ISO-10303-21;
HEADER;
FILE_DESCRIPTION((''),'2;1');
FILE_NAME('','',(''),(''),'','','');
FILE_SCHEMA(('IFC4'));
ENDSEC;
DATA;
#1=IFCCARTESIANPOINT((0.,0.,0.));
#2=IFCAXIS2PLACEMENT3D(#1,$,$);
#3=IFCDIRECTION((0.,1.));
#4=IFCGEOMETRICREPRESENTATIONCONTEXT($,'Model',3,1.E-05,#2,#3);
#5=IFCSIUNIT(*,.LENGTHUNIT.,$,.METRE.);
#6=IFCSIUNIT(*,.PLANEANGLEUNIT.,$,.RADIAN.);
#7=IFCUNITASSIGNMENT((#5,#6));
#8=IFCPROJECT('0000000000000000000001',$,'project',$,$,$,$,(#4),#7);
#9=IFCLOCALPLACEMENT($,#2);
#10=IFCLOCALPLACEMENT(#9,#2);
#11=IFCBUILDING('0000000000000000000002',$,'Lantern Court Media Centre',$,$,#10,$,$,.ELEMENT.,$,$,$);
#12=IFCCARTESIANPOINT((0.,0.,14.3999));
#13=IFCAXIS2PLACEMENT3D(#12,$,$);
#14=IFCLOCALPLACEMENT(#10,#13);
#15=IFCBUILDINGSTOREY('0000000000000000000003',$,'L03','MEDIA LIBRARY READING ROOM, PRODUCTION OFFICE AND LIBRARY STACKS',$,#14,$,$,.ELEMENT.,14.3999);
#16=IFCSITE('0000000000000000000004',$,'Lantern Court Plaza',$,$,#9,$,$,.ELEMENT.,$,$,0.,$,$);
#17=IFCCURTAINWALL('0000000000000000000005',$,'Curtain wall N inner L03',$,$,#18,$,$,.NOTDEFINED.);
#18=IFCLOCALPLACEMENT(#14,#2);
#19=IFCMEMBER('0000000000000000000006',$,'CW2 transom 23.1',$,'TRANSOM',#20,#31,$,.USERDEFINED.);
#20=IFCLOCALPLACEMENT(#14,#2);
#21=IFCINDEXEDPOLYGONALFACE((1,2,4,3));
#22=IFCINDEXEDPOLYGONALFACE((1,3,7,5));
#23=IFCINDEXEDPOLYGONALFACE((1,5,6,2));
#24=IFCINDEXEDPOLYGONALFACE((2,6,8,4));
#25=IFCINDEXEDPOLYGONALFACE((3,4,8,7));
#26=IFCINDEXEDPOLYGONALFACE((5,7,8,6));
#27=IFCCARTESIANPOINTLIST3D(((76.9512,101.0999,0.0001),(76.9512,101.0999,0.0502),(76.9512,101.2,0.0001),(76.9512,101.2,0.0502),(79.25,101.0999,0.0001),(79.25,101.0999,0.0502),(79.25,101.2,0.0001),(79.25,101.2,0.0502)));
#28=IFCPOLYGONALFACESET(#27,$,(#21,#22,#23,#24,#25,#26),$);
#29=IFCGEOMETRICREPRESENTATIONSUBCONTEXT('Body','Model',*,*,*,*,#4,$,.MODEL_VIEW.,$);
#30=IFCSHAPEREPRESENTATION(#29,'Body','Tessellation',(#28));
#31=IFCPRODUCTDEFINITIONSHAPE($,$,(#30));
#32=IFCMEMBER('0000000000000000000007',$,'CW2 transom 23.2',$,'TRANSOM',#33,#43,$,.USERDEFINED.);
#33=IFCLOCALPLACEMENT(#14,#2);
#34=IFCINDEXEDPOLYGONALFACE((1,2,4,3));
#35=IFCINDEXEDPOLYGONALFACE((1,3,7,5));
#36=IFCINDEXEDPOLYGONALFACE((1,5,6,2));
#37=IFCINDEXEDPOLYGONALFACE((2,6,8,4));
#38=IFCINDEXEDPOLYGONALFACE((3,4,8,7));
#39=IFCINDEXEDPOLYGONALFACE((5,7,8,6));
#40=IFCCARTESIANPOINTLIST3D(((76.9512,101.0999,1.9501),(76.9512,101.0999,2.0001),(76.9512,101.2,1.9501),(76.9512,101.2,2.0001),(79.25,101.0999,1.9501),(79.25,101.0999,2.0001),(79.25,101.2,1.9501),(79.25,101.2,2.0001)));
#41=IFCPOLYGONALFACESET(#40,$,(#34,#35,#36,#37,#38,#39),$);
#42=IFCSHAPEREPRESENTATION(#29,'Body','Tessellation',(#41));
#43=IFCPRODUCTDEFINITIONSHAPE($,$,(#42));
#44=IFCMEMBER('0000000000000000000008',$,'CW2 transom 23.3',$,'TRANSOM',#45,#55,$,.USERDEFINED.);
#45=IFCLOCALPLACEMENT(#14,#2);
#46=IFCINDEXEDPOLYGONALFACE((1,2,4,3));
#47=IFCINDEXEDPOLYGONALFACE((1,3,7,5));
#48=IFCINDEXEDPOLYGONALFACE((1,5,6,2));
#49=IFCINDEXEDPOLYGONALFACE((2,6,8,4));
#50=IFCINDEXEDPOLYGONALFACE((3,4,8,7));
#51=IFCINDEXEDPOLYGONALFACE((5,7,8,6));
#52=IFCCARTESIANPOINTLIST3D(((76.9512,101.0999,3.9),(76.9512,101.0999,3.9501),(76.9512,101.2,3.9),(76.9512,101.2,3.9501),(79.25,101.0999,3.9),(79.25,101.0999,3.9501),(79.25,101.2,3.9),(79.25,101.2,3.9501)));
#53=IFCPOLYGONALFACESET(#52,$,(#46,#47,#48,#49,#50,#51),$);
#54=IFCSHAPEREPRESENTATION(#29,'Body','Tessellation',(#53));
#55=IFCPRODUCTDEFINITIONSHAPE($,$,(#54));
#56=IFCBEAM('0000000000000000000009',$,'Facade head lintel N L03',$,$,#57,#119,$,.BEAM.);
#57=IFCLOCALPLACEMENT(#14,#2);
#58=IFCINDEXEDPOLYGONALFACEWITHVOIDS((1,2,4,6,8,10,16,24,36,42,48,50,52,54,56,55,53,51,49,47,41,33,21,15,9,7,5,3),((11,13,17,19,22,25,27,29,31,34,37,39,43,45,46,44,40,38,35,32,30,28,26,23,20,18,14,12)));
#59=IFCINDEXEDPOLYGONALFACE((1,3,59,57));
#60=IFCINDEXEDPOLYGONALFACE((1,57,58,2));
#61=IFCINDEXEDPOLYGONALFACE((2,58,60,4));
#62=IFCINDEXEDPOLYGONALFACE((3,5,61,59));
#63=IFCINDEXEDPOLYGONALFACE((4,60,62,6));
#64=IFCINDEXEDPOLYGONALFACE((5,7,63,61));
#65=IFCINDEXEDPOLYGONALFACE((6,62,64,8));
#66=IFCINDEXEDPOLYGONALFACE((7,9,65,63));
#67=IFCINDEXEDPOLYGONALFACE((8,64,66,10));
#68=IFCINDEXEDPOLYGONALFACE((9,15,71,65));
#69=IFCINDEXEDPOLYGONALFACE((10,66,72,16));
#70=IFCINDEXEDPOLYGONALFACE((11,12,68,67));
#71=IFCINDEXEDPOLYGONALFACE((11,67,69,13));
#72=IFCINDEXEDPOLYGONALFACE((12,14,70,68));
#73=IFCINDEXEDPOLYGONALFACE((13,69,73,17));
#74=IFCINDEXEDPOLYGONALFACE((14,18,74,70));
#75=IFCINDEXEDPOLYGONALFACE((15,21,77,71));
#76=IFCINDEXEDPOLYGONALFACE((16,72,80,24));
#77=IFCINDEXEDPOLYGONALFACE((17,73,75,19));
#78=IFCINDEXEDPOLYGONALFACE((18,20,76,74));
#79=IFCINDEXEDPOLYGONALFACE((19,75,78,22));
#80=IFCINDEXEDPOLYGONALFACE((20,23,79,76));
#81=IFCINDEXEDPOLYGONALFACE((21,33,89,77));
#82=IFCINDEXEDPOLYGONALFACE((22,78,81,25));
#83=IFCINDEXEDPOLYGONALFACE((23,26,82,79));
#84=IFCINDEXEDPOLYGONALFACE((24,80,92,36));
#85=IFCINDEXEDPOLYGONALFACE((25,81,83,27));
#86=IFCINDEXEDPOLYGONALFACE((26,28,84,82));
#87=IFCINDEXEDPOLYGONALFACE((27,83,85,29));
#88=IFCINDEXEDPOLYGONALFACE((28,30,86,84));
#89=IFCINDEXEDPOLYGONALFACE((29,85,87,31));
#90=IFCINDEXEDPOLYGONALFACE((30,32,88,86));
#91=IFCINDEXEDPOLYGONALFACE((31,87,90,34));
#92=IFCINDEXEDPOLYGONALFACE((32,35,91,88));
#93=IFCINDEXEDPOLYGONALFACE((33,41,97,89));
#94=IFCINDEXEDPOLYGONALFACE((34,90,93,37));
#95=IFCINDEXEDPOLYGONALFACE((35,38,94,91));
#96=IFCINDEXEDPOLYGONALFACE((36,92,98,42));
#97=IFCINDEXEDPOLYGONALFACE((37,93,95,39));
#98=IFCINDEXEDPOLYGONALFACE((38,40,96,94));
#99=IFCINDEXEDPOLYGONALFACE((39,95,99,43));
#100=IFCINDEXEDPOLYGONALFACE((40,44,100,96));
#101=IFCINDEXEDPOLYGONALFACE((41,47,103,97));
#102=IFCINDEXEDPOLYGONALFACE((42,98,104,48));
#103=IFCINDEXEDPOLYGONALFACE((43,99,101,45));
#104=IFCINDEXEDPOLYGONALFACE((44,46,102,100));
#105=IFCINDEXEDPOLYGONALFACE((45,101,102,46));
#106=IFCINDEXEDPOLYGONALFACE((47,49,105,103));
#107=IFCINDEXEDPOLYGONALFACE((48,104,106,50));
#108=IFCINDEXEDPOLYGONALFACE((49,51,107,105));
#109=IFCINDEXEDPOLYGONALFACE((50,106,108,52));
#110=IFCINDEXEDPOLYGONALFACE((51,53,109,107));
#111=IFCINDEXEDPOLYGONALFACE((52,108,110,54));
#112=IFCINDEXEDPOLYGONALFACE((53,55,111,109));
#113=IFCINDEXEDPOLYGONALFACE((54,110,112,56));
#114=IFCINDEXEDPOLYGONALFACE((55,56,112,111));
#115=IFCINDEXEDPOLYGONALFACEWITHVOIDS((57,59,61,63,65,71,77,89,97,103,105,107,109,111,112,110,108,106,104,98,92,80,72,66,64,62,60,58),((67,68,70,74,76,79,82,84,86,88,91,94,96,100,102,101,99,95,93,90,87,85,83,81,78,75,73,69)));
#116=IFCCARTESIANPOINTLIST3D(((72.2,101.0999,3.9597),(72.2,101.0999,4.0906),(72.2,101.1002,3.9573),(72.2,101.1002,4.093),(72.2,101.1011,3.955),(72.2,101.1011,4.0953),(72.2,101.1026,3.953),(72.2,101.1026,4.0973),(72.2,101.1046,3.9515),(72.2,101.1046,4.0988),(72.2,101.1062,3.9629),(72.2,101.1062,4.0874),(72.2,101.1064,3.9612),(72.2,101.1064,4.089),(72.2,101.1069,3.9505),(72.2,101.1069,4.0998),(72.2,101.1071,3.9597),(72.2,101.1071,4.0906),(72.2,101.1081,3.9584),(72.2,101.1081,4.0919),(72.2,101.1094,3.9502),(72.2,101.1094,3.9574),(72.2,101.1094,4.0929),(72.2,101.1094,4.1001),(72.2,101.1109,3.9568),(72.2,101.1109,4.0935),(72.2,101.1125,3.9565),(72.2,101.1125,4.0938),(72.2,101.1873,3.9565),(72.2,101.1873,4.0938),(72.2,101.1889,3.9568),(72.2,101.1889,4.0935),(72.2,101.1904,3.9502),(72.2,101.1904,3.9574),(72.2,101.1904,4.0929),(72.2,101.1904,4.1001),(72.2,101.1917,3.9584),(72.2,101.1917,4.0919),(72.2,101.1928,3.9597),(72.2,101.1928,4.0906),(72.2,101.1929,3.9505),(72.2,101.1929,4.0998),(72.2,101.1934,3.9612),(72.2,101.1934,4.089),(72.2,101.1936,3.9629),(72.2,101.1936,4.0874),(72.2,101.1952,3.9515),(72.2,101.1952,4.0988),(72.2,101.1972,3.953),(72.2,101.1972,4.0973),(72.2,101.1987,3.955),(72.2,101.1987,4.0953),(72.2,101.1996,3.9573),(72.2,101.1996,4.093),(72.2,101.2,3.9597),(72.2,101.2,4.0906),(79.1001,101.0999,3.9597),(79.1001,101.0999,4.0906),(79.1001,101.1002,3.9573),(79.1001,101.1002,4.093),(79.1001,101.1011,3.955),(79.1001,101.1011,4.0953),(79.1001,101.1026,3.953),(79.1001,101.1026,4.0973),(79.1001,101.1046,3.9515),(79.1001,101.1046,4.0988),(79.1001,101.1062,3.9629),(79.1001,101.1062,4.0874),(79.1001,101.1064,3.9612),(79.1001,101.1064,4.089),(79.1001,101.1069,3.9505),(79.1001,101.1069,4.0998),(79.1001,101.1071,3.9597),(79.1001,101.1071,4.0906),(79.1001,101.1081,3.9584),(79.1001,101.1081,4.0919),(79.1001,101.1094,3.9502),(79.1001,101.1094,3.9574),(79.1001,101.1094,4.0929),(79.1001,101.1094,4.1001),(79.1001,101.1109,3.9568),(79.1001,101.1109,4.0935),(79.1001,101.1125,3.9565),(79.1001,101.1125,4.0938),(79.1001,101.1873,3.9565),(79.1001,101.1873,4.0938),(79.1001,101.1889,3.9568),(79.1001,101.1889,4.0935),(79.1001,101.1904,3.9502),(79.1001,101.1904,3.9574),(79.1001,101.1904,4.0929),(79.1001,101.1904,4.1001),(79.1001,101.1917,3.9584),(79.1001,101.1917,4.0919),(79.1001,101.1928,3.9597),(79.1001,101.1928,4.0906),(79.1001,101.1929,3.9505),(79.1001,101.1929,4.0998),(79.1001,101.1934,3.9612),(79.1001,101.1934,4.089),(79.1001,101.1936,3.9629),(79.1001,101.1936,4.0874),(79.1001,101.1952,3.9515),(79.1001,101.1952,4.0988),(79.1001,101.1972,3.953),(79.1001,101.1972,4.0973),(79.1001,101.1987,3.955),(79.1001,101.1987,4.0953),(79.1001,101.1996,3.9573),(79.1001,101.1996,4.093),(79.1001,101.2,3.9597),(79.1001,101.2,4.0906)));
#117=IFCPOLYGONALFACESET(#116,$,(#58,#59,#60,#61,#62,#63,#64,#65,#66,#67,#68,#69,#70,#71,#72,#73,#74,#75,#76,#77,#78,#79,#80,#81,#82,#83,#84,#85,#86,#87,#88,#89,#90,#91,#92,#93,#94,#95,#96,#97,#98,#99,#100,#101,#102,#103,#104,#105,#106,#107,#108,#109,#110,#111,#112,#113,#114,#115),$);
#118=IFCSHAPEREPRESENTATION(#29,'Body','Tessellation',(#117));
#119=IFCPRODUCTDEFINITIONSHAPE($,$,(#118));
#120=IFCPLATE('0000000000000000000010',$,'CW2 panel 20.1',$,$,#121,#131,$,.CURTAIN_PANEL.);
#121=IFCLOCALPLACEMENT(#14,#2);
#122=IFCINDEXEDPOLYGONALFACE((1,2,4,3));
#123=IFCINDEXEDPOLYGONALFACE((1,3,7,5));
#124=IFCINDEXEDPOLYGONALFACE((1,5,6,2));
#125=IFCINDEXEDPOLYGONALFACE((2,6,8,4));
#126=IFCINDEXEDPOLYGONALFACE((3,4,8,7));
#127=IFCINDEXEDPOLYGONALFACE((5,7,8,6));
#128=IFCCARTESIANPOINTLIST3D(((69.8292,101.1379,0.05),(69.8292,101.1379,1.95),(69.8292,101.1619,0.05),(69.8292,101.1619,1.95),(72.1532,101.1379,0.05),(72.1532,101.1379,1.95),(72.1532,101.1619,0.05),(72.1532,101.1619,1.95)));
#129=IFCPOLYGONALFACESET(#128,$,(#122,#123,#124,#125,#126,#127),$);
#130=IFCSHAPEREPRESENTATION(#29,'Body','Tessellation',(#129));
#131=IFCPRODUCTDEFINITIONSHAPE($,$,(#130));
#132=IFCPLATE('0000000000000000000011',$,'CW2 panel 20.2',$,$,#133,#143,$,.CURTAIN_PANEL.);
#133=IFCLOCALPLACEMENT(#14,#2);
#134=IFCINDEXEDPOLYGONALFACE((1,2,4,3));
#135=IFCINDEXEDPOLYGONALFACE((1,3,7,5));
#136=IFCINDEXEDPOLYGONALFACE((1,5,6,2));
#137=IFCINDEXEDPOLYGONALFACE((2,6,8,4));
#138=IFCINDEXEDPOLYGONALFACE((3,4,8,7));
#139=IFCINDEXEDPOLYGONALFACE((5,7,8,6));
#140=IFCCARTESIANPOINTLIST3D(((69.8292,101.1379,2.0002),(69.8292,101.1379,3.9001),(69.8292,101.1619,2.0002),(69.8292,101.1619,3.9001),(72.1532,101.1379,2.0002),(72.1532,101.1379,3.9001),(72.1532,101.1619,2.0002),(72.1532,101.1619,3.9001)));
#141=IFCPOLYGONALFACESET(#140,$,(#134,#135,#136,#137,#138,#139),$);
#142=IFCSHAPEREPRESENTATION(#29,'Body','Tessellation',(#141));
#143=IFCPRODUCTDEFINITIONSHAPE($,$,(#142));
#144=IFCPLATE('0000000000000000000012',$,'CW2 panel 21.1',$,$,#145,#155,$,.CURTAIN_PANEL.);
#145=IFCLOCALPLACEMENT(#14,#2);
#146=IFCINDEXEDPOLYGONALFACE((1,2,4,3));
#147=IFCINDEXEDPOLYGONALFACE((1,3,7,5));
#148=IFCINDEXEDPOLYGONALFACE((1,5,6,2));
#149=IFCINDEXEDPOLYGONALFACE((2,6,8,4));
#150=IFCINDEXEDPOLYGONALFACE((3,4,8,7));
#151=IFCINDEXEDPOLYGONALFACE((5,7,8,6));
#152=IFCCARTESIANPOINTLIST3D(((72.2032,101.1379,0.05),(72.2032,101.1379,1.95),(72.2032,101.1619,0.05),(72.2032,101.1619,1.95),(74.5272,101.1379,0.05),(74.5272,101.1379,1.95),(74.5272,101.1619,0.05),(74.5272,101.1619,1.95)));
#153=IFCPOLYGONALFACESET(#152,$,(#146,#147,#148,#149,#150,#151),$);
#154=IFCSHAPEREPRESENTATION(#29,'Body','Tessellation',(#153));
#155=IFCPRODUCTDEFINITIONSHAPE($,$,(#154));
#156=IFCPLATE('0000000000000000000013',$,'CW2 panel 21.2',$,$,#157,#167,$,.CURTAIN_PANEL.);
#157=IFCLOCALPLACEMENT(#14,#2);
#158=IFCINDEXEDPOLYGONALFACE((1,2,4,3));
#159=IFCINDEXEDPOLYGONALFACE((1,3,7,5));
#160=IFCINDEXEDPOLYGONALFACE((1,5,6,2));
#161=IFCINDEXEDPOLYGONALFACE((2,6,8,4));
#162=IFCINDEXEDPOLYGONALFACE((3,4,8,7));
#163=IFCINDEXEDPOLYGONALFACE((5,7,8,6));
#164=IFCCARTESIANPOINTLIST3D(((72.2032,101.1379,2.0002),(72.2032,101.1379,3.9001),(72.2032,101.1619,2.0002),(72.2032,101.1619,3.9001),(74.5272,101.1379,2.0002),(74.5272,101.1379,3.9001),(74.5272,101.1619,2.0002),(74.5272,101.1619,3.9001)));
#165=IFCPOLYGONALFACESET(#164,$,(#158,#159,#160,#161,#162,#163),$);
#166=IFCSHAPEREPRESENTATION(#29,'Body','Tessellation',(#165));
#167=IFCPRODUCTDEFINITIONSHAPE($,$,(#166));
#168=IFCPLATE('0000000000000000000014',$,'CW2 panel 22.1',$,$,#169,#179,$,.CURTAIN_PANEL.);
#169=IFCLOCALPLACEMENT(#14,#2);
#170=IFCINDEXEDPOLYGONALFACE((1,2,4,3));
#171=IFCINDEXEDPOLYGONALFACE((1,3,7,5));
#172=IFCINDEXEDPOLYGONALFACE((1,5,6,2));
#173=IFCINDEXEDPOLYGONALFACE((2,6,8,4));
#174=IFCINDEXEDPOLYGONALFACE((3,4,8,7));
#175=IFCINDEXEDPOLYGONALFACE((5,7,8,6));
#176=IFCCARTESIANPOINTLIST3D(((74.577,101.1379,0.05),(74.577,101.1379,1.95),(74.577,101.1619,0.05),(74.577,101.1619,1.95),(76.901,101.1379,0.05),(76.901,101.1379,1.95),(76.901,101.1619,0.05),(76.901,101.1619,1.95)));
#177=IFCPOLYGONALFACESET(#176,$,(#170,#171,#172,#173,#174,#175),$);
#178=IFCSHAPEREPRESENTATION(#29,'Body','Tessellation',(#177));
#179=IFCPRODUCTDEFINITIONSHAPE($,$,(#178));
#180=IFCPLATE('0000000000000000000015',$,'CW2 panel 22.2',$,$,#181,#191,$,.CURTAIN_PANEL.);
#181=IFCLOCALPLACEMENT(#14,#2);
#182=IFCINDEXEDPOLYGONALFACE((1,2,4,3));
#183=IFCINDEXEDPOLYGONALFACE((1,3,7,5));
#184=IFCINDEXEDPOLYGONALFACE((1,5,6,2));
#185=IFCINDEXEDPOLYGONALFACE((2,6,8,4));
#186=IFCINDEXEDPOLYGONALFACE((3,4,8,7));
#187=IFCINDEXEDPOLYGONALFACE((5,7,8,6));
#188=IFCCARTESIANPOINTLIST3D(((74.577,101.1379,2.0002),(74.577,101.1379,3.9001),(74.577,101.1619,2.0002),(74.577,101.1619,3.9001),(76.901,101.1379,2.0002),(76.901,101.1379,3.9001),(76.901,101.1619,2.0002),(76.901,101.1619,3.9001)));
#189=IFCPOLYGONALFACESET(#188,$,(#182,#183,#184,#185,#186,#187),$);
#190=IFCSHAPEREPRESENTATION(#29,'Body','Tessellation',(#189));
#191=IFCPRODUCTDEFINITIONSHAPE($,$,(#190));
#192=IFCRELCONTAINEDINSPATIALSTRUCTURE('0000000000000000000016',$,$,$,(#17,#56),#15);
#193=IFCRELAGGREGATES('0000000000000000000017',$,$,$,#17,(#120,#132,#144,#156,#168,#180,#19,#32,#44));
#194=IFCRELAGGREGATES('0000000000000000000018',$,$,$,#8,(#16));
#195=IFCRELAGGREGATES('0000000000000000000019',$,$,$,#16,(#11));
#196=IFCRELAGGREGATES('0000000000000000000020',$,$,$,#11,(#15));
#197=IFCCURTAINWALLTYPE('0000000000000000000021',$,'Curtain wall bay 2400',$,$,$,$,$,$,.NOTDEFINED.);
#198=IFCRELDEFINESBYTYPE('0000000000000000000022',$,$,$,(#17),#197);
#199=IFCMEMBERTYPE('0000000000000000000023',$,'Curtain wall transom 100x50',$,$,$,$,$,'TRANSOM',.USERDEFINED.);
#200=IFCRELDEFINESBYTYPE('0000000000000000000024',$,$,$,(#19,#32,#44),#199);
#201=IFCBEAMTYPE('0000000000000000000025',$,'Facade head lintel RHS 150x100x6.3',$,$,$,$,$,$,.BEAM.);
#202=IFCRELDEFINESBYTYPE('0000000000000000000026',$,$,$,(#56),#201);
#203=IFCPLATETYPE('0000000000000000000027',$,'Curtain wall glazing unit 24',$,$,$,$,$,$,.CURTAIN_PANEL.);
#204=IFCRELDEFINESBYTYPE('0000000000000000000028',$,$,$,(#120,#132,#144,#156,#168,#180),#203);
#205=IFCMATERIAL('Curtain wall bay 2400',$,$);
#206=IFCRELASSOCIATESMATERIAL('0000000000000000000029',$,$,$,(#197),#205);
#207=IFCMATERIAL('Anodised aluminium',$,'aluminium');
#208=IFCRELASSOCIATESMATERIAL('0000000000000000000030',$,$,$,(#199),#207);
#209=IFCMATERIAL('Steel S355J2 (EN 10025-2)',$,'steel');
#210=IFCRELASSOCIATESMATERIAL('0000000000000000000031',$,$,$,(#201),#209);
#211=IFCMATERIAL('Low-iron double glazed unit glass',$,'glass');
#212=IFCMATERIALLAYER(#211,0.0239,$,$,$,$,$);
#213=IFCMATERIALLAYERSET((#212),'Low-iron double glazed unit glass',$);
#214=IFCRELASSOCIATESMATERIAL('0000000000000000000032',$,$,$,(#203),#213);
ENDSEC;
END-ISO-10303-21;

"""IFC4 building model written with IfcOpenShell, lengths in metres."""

from ifc_helpers import new_model, si_unit, direction, frame, origin, origin_2d, place, context, subcontext, project, spatial, rectangle, hollow_rectangle, extrude, material, layer, layer_set, material_profile, profile_set, type_object, element, aggregate, save


model = new_model("IFC4")

# Units and contexts
model_context = context("Model", 3, precision=1e-05, world=origin(), true_north=direction((0.0, 1.0)))
body_context = subcontext(model_context, "Body", "Model", "MODEL_VIEW")
ifc_project = project(units=[si_unit("LENGTHUNIT", "METRE"), si_unit("PLANEANGLEUNIT", "RADIAN")], contexts=[model_context])

# Site, building, storey
site_placement = place(None, origin())
site = spatial("IfcSite", under=ifc_project, at=site_placement, Name="Lantern Court Plaza", CompositionType="ELEMENT", RefElevation=0.0)
building_placement = place(site_placement, origin())
building = spatial("IfcBuilding", under=site, at=building_placement, Name="Lantern Court Media Centre", CompositionType="ELEMENT")
storey_placement = place(building_placement, frame((0.0, 0.0, 14.3999)))
storey = spatial("IfcBuildingStorey", under=building, at=storey_placement, Name="L03", Description="MEDIA LIBRARY READING ROOM, PRODUCTION OFFICE AND LIBRARY STACKS", CompositionType="ELEMENT", Elevation=14.3999)

# Curtain wall, members
ifc_material_1 = material(Name="Curtain wall bay 2400")
curtain_wall_type = type_object("IfcCurtainWallType", Name="Curtain wall bay 2400", PredefinedType="NOTDEFINED", material=ifc_material_1)
curtain_wall_placement = place(storey_placement, origin())
curtain_wall = element("IfcCurtainWall", 1, at=curtain_wall_placement, inside=storey, type_object=curtain_wall_type, Name="Curtain wall N inner L03", PredefinedType="NOTDEFINED")
ifc_material_2 = material(Name="Anodised aluminium", Category="aluminium")
ifc_material_profile_1 = material_profile(ifc_material_2, rectangle(XDim=0.1001, YDim=0.05, at=origin_2d()), Name="AL 50x100")
ifc_profile_set_1 = profile_set([ifc_material_profile_1], Name="Anodised aluminium")
member_type_1 = type_object("IfcMemberType", Name="Curtain wall transom 100x50", ElementType="TRANSOM", PredefinedType="USERDEFINED", material=ifc_profile_set_1)
member_1_placement = place(storey_placement, frame((76.9512, 101.1499, 0.0251), z_axis=(1.0, 0.0, 0.0), x_axis=(0.0, 1.0, 0.0)))
member_1 = element("IfcMember", 2, at=member_1_placement, type_object=member_type_1, Name="CW2 transom 23.1", ObjectType="TRANSOM", PredefinedType="USERDEFINED", context=body_context, shape_type="SweptSolid", body=[
    extrude(rectangle(XDim=0.1001, YDim=0.05, at=origin_2d()), origin(), (0.0, 0.0, 1.0), 2.2988),
])
member_2_placement = place(storey_placement, frame((76.9512, 101.1499, 1.9751), z_axis=(1.0, 0.0, 0.0), x_axis=(0.0, 1.0, 0.0)))
member_2 = element("IfcMember", 3, at=member_2_placement, type_object=member_type_1, Name="CW2 transom 23.2", ObjectType="TRANSOM", PredefinedType="USERDEFINED", context=body_context, shape_type="SweptSolid", body=[
    extrude(rectangle(XDim=0.1001, YDim=0.05, at=origin_2d()), origin(), (0.0, 0.0, 1.0), 2.2988),
])
member_3_placement = place(storey_placement, frame((76.9512, 101.1499, 3.925), z_axis=(1.0, 0.0, 0.0), x_axis=(0.0, 1.0, 0.0)))
member_3 = element("IfcMember", 4, at=member_3_placement, type_object=member_type_1, Name="CW2 transom 23.3", ObjectType="TRANSOM", PredefinedType="USERDEFINED", context=body_context, shape_type="SweptSolid", body=[
    extrude(rectangle(XDim=0.1001, YDim=0.05, at=origin_2d()), origin(), (0.0, 0.0, 1.0), 2.2988),
])

# Beam
ifc_material_3 = material(Name="Steel S355J2 (EN 10025-2)", Category="steel")
ifc_material_profile_2 = material_profile(ifc_material_3, hollow_rectangle(XDim=0.1001, YDim=0.1499, WallThickness=0.0063, InnerFilletRadius=0.0063, OuterFilletRadius=0.0095, at=origin_2d()), Name="Facade head lintel RHS 150x100x6.3")
ifc_profile_set_2 = profile_set([ifc_material_profile_2], Name="Steel S355J2 (EN 10025-2)")
beam_type = type_object("IfcBeamType", Name="Facade head lintel RHS 150x100x6.3", PredefinedType="BEAM", material=ifc_profile_set_2)
beam_placement = place(storey_placement, frame((72.2, 101.1499, 4.0251), z_axis=(1.0, 0.0, 0.0), x_axis=(0.0, 1.0, 0.0)))
element("IfcBeam", 5, at=beam_placement, inside=storey, type_object=beam_type, Name="Facade head lintel N L03", PredefinedType="BEAM", context=body_context, shape_type="SweptSolid", body=[
    extrude(hollow_rectangle(XDim=0.1001, YDim=0.1499, WallThickness=0.0063, InnerFilletRadius=0.0063, OuterFilletRadius=0.0095, at=origin_2d()), origin(), (0.0, 0.0, 1.0), 6.9001),
])

# Plates
ifc_material_4 = material(Name="Low-iron double glazed unit glass", Category="glass")
ifc_layer_1 = layer(ifc_material_4, 0.0239)
ifc_layer_set_1 = layer_set([ifc_layer_1], Name="Low-iron double glazed unit glass")
plate_type = type_object("IfcPlateType", Name="Curtain wall glazing unit 24", PredefinedType="CURTAIN_PANEL", material=ifc_layer_set_1)
plate_1_placement = place(storey_placement, frame((70.9912, 101.1499, 0.05), z_axis=(0.0, 0.0, 1.0), x_axis=(1.0, 0.0, 0.0)))
plate_1 = element("IfcPlate", 6, at=plate_1_placement, type_object=plate_type, Name="CW2 panel 20.1", PredefinedType="CURTAIN_PANEL", context=body_context, shape_type="SweptSolid", body=[
    extrude(rectangle(XDim=2.324, YDim=0.0239, at=origin_2d()), origin(), (0.0, 0.0, 1.0), 1.8999),
])
plate_2_placement = place(storey_placement, frame((70.9912, 101.1499, 2.0002), z_axis=(0.0, 0.0, 1.0), x_axis=(1.0, 0.0, 0.0)))
plate_2 = element("IfcPlate", 7, at=plate_2_placement, type_object=plate_type, Name="CW2 panel 20.2", PredefinedType="CURTAIN_PANEL", context=body_context, shape_type="SweptSolid", body=[
    extrude(rectangle(XDim=2.324, YDim=0.0239, at=origin_2d()), origin(), (0.0, 0.0, 1.0), 1.8999),
])
plate_3_placement = place(storey_placement, frame((73.3652, 101.1499, 0.05), z_axis=(0.0, 0.0, 1.0), x_axis=(1.0, 0.0, 0.0)))
plate_3 = element("IfcPlate", 8, at=plate_3_placement, type_object=plate_type, Name="CW2 panel 21.1", PredefinedType="CURTAIN_PANEL", context=body_context, shape_type="SweptSolid", body=[
    extrude(rectangle(XDim=2.324, YDim=0.0239, at=origin_2d()), origin(), (0.0, 0.0, 1.0), 1.8999),
])
plate_4_placement = place(storey_placement, frame((73.3652, 101.1499, 2.0002), z_axis=(0.0, 0.0, 1.0), x_axis=(1.0, 0.0, 0.0)))
plate_4 = element("IfcPlate", 9, at=plate_4_placement, type_object=plate_type, Name="CW2 panel 21.2", PredefinedType="CURTAIN_PANEL", context=body_context, shape_type="SweptSolid", body=[
    extrude(rectangle(XDim=2.324, YDim=0.0239, at=origin_2d()), origin(), (0.0, 0.0, 1.0), 1.8999),
])
plate_5_placement = place(storey_placement, frame((75.739, 101.1499, 0.05), z_axis=(0.0, 0.0, 1.0), x_axis=(1.0, 0.0, 0.0)))
plate_5 = element("IfcPlate", 10, at=plate_5_placement, type_object=plate_type, Name="CW2 panel 22.1", PredefinedType="CURTAIN_PANEL", context=body_context, shape_type="SweptSolid", body=[
    extrude(rectangle(XDim=2.324, YDim=0.0239, at=origin_2d()), origin(), (0.0, 0.0, 1.0), 1.8999),
])
plate_6_placement = place(storey_placement, frame((75.739, 101.1499, 2.0002), z_axis=(0.0, 0.0, 1.0), x_axis=(1.0, 0.0, 0.0)))
plate_6 = element("IfcPlate", 11, at=plate_6_placement, type_object=plate_type, Name="CW2 panel 22.2", PredefinedType="CURTAIN_PANEL", context=body_context, shape_type="SweptSolid", body=[
    extrude(rectangle(XDim=2.324, YDim=0.0239, at=origin_2d()), origin(), (0.0, 0.0, 1.0), 1.8999),
])
aggregate(curtain_wall, [plate_1, plate_2, plate_3, plate_4, plate_5, plate_6, member_1, member_2, member_3])

save(model, "model.ifc")
